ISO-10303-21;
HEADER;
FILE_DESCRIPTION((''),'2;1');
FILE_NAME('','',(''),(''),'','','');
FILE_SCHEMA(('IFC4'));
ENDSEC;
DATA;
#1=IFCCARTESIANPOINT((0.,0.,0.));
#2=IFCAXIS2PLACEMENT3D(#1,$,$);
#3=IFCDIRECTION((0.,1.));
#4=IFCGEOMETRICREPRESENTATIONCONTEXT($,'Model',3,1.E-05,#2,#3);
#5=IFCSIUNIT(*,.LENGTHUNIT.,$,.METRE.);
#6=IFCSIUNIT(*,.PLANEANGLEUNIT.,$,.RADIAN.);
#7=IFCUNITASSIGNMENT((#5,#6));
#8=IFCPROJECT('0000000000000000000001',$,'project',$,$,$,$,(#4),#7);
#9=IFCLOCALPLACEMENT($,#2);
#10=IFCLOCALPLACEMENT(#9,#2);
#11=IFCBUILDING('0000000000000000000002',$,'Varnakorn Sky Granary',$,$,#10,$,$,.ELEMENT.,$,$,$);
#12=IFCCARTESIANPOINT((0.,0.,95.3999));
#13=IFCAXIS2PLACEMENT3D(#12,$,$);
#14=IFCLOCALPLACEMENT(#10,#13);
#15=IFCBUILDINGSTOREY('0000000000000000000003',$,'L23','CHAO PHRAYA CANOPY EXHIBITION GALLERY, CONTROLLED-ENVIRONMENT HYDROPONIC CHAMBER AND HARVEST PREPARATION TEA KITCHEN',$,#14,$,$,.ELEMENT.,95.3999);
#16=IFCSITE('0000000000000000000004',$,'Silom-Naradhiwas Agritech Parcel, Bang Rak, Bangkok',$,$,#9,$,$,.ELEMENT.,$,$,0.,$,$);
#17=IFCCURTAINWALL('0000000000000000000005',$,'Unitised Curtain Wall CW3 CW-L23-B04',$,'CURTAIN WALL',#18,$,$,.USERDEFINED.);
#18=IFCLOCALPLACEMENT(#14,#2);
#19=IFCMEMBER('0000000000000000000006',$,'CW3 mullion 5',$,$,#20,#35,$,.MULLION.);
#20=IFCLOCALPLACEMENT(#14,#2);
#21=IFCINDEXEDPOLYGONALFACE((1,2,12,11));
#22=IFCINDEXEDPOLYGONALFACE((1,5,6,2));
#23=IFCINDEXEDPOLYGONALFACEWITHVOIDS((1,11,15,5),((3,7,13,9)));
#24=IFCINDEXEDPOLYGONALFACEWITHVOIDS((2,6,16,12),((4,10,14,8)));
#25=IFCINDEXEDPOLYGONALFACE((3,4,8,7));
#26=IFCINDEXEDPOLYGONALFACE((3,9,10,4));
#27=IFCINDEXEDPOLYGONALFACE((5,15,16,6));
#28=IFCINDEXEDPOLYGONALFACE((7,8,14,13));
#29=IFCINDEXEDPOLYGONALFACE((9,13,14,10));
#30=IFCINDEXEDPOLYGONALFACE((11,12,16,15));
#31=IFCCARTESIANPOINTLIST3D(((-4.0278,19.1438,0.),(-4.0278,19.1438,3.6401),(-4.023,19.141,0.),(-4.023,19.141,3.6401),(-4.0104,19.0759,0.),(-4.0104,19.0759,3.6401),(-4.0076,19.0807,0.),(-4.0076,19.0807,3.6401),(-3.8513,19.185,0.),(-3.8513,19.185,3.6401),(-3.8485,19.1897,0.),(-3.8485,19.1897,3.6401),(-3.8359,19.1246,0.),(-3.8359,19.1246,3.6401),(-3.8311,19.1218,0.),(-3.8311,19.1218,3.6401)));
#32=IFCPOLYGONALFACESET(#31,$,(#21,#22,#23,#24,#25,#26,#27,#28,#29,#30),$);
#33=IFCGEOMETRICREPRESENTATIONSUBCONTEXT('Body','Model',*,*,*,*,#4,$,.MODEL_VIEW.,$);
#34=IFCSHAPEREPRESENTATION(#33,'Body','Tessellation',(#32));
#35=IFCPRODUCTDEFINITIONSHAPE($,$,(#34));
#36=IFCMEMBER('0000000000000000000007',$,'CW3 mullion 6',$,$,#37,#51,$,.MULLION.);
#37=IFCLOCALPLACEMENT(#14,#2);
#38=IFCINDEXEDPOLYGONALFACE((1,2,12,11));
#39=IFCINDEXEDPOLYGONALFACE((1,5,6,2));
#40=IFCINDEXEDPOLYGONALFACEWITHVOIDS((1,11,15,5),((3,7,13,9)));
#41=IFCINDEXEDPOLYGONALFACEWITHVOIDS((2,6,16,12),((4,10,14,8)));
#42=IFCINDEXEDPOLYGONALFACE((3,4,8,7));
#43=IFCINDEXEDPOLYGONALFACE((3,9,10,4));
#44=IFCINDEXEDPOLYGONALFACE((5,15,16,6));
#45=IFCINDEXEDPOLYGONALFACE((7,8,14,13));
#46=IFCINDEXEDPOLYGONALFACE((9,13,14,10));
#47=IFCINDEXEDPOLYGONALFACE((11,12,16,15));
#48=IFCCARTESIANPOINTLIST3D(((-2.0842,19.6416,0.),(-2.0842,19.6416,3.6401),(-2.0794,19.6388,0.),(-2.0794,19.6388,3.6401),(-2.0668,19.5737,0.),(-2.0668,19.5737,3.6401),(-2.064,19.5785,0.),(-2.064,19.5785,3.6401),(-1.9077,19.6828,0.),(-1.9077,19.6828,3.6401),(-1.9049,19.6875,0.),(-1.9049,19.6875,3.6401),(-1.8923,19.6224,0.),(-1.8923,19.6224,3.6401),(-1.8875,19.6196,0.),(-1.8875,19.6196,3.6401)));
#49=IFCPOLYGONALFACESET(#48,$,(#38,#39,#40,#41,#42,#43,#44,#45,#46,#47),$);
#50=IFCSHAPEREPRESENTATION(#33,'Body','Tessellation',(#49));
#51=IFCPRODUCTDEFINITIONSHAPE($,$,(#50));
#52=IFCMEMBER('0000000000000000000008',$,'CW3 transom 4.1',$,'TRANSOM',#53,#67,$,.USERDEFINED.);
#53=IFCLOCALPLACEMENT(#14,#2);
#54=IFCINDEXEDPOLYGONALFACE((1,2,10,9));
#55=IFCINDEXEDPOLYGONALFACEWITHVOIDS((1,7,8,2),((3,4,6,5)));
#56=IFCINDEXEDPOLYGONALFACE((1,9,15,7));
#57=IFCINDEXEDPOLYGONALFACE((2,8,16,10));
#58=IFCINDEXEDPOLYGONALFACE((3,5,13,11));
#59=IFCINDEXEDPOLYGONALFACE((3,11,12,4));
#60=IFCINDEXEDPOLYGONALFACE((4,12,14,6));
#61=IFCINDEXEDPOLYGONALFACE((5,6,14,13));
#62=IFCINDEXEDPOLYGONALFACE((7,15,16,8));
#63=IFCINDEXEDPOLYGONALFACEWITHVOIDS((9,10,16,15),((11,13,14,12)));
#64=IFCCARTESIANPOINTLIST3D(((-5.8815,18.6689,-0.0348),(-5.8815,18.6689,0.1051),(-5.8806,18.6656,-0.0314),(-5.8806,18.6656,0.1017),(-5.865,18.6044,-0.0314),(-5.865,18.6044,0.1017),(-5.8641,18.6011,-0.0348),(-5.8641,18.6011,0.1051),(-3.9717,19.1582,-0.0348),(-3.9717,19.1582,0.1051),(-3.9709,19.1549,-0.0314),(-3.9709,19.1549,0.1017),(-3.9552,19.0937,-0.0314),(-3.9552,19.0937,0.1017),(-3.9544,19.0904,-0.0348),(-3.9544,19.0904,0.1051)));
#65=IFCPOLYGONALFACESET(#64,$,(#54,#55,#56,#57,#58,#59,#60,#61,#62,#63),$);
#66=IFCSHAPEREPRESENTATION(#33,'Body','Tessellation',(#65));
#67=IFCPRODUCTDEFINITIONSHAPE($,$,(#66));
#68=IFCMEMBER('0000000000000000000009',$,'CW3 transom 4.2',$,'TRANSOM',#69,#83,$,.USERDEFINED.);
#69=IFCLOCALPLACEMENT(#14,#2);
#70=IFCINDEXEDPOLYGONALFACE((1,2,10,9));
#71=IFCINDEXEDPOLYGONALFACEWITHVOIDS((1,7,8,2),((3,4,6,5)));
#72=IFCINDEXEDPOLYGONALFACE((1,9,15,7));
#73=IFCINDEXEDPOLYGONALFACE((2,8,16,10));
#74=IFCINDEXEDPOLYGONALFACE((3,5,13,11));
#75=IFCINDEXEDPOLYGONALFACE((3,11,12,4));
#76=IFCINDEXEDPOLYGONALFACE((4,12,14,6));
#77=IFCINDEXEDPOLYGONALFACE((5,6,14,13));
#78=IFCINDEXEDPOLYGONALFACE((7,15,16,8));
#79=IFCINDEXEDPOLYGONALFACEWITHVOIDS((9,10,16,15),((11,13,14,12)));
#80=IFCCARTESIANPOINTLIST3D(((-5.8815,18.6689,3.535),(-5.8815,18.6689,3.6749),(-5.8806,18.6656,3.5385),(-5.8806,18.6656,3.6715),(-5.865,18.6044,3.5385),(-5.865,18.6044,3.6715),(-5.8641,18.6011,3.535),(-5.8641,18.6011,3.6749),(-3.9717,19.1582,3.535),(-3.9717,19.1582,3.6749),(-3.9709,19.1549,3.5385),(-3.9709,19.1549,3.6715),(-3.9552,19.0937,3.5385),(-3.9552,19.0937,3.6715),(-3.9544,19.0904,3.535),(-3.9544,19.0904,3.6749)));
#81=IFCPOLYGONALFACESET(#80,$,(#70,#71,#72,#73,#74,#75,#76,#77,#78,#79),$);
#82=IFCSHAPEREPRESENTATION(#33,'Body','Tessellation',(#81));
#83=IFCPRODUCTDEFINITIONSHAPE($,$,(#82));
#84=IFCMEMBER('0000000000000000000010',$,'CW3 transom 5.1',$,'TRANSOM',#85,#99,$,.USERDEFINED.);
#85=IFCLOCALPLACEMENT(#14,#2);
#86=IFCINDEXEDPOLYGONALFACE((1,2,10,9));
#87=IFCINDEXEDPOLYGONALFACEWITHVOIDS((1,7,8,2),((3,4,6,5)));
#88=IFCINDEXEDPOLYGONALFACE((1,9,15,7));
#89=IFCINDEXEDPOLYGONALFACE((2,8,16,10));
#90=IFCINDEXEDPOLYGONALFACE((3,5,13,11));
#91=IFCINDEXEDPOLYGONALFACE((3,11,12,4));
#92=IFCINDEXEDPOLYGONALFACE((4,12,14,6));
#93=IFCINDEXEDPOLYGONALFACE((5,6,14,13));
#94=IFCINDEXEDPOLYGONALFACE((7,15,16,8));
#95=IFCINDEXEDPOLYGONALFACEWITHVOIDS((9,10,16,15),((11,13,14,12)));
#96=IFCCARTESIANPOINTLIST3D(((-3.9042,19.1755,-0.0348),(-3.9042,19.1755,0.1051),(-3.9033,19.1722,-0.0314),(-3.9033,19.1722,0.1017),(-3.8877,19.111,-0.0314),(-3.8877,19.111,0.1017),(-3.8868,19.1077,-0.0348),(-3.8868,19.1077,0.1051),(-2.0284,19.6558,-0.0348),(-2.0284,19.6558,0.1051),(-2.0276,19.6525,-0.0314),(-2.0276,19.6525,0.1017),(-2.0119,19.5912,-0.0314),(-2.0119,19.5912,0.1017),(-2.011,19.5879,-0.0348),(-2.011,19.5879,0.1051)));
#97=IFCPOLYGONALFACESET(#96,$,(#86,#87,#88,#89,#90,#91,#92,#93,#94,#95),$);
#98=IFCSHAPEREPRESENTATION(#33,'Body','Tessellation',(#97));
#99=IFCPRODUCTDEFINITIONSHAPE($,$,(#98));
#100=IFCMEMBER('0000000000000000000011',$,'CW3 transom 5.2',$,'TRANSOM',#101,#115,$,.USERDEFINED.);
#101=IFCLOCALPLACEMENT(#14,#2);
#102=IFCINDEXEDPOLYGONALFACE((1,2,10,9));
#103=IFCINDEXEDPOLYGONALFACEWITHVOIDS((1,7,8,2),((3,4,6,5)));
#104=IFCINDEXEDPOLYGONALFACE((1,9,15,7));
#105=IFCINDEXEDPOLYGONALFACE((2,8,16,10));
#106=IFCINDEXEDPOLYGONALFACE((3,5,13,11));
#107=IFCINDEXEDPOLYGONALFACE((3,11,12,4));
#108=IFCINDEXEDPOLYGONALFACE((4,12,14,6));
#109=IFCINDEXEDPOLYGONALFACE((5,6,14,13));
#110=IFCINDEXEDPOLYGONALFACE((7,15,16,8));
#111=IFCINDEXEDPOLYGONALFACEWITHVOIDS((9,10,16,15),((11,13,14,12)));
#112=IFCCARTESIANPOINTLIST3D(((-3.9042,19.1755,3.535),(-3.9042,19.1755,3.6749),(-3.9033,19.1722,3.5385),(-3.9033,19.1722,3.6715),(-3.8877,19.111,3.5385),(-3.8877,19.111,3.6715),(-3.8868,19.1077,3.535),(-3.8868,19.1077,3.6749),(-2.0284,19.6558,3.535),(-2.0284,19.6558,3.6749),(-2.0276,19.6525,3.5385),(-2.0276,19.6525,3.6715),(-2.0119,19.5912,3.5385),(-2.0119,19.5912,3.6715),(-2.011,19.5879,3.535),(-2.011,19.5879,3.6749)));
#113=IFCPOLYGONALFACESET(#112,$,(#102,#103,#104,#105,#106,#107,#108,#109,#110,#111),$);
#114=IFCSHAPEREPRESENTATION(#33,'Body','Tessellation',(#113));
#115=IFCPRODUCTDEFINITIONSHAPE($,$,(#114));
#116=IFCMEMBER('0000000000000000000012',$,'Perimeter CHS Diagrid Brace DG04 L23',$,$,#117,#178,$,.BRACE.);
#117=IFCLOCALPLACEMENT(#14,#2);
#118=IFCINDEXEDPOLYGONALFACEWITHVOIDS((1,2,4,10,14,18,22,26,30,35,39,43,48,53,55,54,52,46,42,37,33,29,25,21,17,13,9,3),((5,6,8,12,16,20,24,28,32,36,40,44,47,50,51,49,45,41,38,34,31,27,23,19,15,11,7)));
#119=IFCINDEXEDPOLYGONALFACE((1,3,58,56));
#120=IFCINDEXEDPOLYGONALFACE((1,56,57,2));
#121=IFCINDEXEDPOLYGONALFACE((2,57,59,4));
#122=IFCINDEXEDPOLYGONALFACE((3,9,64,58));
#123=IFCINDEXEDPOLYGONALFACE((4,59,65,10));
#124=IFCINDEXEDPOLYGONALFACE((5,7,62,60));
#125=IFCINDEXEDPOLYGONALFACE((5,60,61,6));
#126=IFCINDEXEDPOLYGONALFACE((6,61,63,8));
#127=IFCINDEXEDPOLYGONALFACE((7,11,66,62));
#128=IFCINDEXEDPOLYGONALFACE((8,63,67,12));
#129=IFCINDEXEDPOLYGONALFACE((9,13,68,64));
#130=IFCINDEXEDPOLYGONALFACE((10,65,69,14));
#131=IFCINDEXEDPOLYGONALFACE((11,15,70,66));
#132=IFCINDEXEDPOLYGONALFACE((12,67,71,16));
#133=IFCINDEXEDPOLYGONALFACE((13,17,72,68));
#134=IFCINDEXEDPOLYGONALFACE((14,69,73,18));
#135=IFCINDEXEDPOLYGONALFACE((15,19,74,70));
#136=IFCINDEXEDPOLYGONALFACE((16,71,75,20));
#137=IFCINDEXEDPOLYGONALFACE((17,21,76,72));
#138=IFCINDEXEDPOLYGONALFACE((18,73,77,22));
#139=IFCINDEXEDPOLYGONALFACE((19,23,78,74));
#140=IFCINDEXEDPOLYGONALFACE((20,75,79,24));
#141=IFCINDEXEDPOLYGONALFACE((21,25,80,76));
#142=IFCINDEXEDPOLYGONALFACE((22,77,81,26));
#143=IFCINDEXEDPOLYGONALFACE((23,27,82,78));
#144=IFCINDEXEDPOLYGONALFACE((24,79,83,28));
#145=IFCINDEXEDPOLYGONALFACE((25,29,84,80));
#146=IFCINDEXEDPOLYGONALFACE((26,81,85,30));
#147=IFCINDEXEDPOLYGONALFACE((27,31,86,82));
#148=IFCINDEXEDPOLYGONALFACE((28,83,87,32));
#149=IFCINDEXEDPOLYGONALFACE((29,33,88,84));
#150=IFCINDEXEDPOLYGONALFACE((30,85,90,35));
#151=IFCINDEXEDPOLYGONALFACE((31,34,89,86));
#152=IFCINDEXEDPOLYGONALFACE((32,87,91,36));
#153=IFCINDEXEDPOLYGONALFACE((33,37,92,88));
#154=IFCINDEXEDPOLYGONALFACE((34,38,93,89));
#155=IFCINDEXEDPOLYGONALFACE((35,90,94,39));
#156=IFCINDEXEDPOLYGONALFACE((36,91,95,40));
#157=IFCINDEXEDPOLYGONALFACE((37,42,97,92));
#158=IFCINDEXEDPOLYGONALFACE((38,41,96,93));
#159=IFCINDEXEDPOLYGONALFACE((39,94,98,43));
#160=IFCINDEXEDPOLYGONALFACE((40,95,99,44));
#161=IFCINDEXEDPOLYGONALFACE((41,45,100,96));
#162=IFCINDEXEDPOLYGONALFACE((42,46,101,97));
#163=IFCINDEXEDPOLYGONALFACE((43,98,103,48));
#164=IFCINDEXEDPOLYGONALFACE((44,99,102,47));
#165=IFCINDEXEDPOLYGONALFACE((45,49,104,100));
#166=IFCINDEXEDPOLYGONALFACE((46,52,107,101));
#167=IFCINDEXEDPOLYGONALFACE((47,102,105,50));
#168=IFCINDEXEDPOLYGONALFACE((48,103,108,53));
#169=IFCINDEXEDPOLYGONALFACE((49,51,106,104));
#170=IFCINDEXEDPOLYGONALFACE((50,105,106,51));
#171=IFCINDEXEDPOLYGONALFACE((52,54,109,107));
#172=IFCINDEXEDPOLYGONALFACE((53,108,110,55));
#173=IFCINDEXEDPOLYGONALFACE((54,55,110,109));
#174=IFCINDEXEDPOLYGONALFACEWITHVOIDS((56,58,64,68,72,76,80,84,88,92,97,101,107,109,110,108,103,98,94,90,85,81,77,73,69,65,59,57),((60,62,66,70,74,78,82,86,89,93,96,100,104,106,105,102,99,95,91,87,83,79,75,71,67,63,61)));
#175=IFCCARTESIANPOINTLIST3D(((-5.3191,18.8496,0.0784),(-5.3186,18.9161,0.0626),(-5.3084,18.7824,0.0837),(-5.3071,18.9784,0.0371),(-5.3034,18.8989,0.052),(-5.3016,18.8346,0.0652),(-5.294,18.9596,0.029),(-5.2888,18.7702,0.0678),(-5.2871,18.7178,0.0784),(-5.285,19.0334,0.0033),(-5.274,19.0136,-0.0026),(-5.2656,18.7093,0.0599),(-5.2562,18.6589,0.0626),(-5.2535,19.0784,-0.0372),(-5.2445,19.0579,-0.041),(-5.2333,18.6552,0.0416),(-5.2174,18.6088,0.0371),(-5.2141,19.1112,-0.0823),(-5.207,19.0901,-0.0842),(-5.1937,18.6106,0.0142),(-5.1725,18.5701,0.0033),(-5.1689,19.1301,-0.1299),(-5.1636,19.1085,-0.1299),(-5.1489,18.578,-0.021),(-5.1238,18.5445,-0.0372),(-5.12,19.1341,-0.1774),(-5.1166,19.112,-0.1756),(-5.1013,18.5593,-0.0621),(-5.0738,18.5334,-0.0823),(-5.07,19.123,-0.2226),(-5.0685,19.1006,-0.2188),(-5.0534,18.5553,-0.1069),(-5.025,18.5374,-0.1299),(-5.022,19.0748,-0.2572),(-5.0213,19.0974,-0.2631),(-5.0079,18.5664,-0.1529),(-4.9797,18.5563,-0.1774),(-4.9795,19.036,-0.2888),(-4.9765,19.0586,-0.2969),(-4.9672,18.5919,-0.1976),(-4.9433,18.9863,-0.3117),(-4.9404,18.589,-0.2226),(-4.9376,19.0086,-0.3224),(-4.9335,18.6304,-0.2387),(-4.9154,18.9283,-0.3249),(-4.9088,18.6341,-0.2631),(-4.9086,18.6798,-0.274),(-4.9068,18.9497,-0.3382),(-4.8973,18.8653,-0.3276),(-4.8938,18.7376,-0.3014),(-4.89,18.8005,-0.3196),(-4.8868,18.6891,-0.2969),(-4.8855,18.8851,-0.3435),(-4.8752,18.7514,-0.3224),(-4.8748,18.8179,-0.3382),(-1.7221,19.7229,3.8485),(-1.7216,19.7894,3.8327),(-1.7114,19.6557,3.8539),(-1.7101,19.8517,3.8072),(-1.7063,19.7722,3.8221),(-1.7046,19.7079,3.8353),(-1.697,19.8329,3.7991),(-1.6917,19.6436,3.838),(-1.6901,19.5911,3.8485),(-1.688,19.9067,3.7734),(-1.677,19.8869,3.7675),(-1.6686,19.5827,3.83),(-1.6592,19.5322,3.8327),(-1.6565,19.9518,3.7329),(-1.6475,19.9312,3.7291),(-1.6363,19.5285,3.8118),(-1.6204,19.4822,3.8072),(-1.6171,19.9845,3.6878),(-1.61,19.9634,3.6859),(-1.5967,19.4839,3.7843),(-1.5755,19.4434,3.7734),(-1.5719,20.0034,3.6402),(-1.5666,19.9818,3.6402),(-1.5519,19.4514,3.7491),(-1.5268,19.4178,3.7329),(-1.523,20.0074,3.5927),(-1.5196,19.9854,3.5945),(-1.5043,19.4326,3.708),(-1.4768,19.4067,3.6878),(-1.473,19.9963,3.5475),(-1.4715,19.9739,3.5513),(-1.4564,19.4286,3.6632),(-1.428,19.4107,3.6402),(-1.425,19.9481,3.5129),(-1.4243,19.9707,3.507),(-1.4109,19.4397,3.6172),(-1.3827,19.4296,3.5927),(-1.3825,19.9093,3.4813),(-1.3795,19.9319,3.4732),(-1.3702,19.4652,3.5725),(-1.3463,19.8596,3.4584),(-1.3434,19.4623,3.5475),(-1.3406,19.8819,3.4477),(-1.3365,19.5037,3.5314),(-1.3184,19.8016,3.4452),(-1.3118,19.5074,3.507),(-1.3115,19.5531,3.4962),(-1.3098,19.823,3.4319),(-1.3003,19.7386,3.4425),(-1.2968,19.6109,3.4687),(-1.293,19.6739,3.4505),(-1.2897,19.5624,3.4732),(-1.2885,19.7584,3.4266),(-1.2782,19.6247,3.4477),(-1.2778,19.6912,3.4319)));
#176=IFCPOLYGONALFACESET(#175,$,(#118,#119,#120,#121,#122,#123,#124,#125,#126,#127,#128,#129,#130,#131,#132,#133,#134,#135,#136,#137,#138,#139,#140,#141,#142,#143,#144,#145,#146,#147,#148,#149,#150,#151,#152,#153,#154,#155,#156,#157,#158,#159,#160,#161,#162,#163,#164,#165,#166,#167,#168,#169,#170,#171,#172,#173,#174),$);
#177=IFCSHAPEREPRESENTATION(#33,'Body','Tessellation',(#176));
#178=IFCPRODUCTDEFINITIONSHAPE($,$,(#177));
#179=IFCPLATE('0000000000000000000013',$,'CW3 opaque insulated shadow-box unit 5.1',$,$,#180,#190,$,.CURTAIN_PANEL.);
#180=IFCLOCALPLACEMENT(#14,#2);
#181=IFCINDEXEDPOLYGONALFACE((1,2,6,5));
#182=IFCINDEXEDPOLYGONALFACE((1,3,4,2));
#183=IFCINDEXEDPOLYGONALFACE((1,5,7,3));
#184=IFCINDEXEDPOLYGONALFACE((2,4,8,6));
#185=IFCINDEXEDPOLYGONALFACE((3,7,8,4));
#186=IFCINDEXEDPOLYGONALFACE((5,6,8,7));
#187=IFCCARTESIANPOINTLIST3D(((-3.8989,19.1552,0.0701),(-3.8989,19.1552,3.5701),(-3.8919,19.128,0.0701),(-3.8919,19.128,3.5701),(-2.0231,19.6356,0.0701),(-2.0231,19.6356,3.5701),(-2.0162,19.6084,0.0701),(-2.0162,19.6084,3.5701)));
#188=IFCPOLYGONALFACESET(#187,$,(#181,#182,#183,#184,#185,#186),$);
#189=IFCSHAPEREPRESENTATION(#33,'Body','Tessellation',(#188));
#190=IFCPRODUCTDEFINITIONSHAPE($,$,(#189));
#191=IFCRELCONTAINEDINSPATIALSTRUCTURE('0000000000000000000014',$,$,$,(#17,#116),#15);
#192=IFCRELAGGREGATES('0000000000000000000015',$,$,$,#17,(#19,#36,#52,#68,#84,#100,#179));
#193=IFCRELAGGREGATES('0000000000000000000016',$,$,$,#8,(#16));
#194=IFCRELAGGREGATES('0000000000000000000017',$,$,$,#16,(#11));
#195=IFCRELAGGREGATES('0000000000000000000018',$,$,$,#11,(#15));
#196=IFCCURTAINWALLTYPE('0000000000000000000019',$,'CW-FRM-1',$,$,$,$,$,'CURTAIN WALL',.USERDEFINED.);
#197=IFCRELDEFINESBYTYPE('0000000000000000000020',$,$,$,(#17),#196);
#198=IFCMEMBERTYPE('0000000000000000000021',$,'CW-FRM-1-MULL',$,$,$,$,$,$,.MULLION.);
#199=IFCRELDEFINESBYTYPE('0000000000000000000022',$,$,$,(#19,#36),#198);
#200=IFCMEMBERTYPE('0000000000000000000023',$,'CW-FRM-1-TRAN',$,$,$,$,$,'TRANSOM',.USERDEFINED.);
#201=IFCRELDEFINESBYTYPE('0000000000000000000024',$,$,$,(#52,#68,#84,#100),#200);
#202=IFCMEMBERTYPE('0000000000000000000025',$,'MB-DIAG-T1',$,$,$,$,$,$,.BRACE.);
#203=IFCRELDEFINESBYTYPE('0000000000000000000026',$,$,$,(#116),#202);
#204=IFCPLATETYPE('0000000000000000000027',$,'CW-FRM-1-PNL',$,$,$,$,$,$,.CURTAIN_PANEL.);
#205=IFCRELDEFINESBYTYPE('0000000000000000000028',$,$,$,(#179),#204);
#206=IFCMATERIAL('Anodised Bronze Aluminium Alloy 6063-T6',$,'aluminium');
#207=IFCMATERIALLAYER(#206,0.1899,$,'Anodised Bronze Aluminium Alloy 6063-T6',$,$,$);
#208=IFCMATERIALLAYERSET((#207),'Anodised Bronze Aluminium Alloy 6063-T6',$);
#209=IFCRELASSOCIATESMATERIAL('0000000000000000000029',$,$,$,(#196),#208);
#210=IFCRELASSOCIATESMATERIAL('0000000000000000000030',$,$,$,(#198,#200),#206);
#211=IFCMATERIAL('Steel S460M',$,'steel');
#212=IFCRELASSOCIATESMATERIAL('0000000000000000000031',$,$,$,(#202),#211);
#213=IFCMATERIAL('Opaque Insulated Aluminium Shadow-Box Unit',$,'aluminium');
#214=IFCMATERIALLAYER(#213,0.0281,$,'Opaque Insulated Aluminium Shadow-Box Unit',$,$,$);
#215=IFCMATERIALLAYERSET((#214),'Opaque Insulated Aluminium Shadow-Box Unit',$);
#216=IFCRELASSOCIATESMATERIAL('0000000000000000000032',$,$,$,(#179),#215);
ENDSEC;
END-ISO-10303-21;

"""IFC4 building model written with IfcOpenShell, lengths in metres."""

from ifc_helpers import new_model, si_unit, direction, frame, origin, origin_2d, place, context, subcontext, project, spatial, rectangle, hollow_rectangle, hollow_circle, extrude, source, transform, mapped, material, layer, layer_set, material_profile, profile_set, type_object, element, aggregate, save


model = new_model("IFC4")

# Units and contexts
model_context = context("Model", 3, precision=1e-05, world=origin(), true_north=direction((0.0, 1.0)))
body_context = subcontext(model_context, "Body", "Model", "MODEL_VIEW")
ifc_project = project(units=[si_unit("LENGTHUNIT", "METRE"), si_unit("PLANEANGLEUNIT", "RADIAN")], contexts=[model_context])

# Site, building, storey
site_placement = place(None, origin())
site = spatial("IfcSite", under=ifc_project, at=site_placement, Name="Silom-Naradhiwas Agritech Parcel, Bang Rak, Bangkok", CompositionType="ELEMENT", RefElevation=0.0)
building_placement = place(site_placement, origin())
building = spatial("IfcBuilding", under=site, at=building_placement, Name="Varnakorn Sky Granary", CompositionType="ELEMENT")
storey_placement = place(building_placement, frame((0.0, 0.0, 95.3999)))
storey = spatial("IfcBuildingStorey", under=building, at=storey_placement, Name="L23", Description="CHAO PHRAYA CANOPY EXHIBITION GALLERY, CONTROLLED-ENVIRONMENT HYDROPONIC CHAMBER AND HARVEST PREPARATION TEA KITCHEN", CompositionType="ELEMENT", Elevation=95.3999)

# Shared definitions
ifc_material_1 = material(Name="Steel S460M", Category="steel")

# Curtain wall, members
ifc_material_2 = material(Name="Anodised Bronze Aluminium Alloy 6063-T6", Category="aluminium")
ifc_layer_1 = layer(ifc_material_2, 0.1899, Name="Anodised Bronze Aluminium Alloy 6063-T6")
ifc_layer_set_1 = layer_set([ifc_layer_1], Name="Anodised Bronze Aluminium Alloy 6063-T6")
curtain_wall_type = type_object("IfcCurtainWallType", Name="CW-FRM-1", ElementType="CURTAIN WALL", PredefinedType="USERDEFINED", material=ifc_layer_set_1)
curtain_wall_placement = place(storey_placement, origin())
curtain_wall = element("IfcCurtainWall", 1, at=curtain_wall_placement, inside=storey, type_object=curtain_wall_type, Name="Unitised Curtain Wall CW3 CW-L23-B04", ObjectType="CURTAIN WALL", PredefinedType="USERDEFINED")
ifc_material_profile_1 = material_profile(ifc_material_2, hollow_rectangle(XDim=0.0701, YDim=0.1851, WallThickness=0.0039, at=origin_2d()), Name="ALU MULL 70x185")
ifc_profile_set_1 = profile_set([ifc_material_profile_1], Name="Anodised Bronze Aluminium Alloy 6063-T6")
member_type_1 = type_object("IfcMemberType", Name="CW-FRM-1-MULL", PredefinedType="MULLION", material=ifc_profile_set_1)
member_1_placement = place(storey_placement, frame((-3.9294, 19.1328, 0.0), z_axis=(0.0, 0.0, 1.0), x_axis=(-0.248101, 0.968734, 0.0)))
member_1 = element("IfcMember", 2, at=member_1_placement, type_object=member_type_1, Name="CW3 mullion 5", PredefinedType="MULLION", context=body_context, shape_type="SweptSolid", body=[
    extrude(hollow_rectangle(XDim=0.0701, YDim=0.1851, WallThickness=0.0039, at=origin_2d()), origin(), (0.0, 0.0, 1.0), 3.6401),
])
member_2_placement = place(storey_placement, frame((-1.9858, 19.6306, 0.0), z_axis=(0.0, 0.0, 1.0), x_axis=(-0.248101, 0.968734, 0.0)))
member_2 = element("IfcMember", 3, at=member_2_placement, type_object=member_type_1, Name="CW3 mullion 6", PredefinedType="MULLION", context=body_context, shape_type="SweptSolid", body=[
    extrude(hollow_rectangle(XDim=0.0701, YDim=0.1851, WallThickness=0.0039, at=origin_2d()), origin(), (0.0, 0.0, 1.0), 3.6401),
])
ifc_material_profile_2 = material_profile(ifc_material_2, hollow_rectangle(XDim=0.0701, YDim=0.1399, WallThickness=0.0034, at=origin_2d()), Name="ALU TRAN 70x140")
ifc_profile_set_2 = profile_set([ifc_material_profile_2], Name="Anodised Bronze Aluminium Alloy 6063-T6")
member_type_2 = type_object("IfcMemberType", Name="CW-FRM-1-TRAN", ElementType="TRANSOM", PredefinedType="USERDEFINED", material=ifc_profile_set_2)
member_3_placement = place(storey_placement, frame((-5.8728, 18.635, 0.0352), z_axis=(0.968713, 0.248185, 0.0), x_axis=(-0.248185, 0.968713, 0.0)))
member_3 = element("IfcMember", 4, at=member_3_placement, type_object=member_type_2, Name="CW3 transom 4.1", ObjectType="TRANSOM", PredefinedType="USERDEFINED", context=body_context, shape_type="SweptSolid", body=[
    extrude(hollow_rectangle(XDim=0.0701, YDim=0.1399, WallThickness=0.0034, at=origin_2d()), origin(), (0.0, 0.0, 1.0), 1.9714),
])
member_4_placement = place(storey_placement, frame((-5.8728, 18.635, 3.605), z_axis=(0.968713, 0.248185, 0.0), x_axis=(-0.248185, 0.968713, 0.0)))
member_4 = element("IfcMember", 5, at=member_4_placement, type_object=member_type_2, Name="CW3 transom 4.2", ObjectType="TRANSOM", PredefinedType="USERDEFINED", context=body_context, shape_type="SweptSolid", body=[
    extrude(hollow_rectangle(XDim=0.0701, YDim=0.1399, WallThickness=0.0034, at=origin_2d()), origin(), (0.0, 0.0, 1.0), 1.9714),
])
member_5_placement = place(storey_placement, frame((-3.8955, 19.1416, 0.0352), z_axis=(0.968755, 0.24802, 0.0), x_axis=(-0.24802, 0.968755, 0.0)))
member_5 = element("IfcMember", 6, at=member_5_placement, type_object=member_type_2, Name="CW3 transom 5.1", ObjectType="TRANSOM", PredefinedType="USERDEFINED", context=body_context, shape_type="SweptSolid", body=[
    extrude(hollow_rectangle(XDim=0.0701, YDim=0.1399, WallThickness=0.0034, at=origin_2d()), origin(), (0.0, 0.0, 1.0), 1.9363),
])
member_6_placement = place(storey_placement, frame((-3.8955, 19.1416, 3.605), z_axis=(0.968755, 0.24802, 0.0), x_axis=(-0.24802, 0.968755, 0.0)))
member_6 = element("IfcMember", 7, at=member_6_placement, type_object=member_type_2, Name="CW3 transom 5.2", ObjectType="TRANSOM", PredefinedType="USERDEFINED", context=body_context, shape_type="SweptSolid", body=[
    extrude(hollow_rectangle(XDim=0.0701, YDim=0.1399, WallThickness=0.0034, at=origin_2d()), origin(), (0.0, 0.0, 1.0), 1.9363),
])

# Member
ifc_material_profile_3 = material_profile(ifc_material_1, hollow_circle(Radius=0.3049, WallThickness=0.0222, at=origin_2d()), Name="CHS 610x22")
ifc_profile_set_3 = profile_set([ifc_material_profile_3], Name="Steel S460M")
member_type_3 = type_object("IfcMemberType", Name="MB-DIAG-T1", PredefinedType="BRACE", material=ifc_profile_set_3)
member_7_placement = place(storey_placement, frame((-5.0969, 18.8337, -0.1299), z_axis=(0.680807, 0.165292, 0.713569), x_axis=(-0.235934, 0.971769, 0.0)))
element("IfcMember", 8, at=member_7_placement, inside=storey, type_object=member_type_3, Name="Perimeter CHS Diagrid Brace DG04 L23", PredefinedType="BRACE", context=body_context, shape_type="SweptSolid", body=[
    extrude(hollow_circle(Radius=0.3049, WallThickness=0.0222, at=origin_2d()), origin(), (0.0, 0.0, 1.0), 5.2834),
])

# Plate
ifc_material_3 = material(Name="Opaque Insulated Aluminium Shadow-Box Unit", Category="aluminium")
ifc_layer_2 = layer(ifc_material_3, 0.0281, Name="Opaque Insulated Aluminium Shadow-Box Unit")
ifc_layer_set_2 = layer_set([ifc_layer_2], Name="Opaque Insulated Aluminium Shadow-Box Unit")
plate_type = type_object("IfcPlateType", Name="CW-FRM-1-PNL", PredefinedType="CURTAIN_PANEL")
shared_shape_1 = source(origin(), body_context, "Body", "SweptSolid", [
    extrude(rectangle(XDim=1.9363, YDim=0.0281, at=origin_2d()), origin(), (0.0, 0.0, 1.0), 3.5),
])
plate_1_placement = place(storey_placement, frame((-2.9575, 19.3818, 0.0701), z_axis=(0.0, 0.0, 1.0), x_axis=(0.968734, 0.248101, 0.0)))
plate_1 = element("IfcPlate", 9, at=plate_1_placement, type_object=plate_type, material=ifc_layer_set_2, Name="CW3 opaque insulated shadow-box unit 5.1", PredefinedType="CURTAIN_PANEL", context=body_context, shape_type="MappedRepresentation", body=[
    mapped(shared_shape_1, transform((0.0, 0.0, 0.0), x_axis=(1.0, 0.0, 0.0), y_axis=(0.0, 1.0, 0.0), z_axis=(0.0, 0.0, 1.0), scale=1.0)),
])
aggregate(curtain_wall, [member_1, member_2, member_3, member_4, member_5, member_6, plate_1])

save(model, "model.ifc")
